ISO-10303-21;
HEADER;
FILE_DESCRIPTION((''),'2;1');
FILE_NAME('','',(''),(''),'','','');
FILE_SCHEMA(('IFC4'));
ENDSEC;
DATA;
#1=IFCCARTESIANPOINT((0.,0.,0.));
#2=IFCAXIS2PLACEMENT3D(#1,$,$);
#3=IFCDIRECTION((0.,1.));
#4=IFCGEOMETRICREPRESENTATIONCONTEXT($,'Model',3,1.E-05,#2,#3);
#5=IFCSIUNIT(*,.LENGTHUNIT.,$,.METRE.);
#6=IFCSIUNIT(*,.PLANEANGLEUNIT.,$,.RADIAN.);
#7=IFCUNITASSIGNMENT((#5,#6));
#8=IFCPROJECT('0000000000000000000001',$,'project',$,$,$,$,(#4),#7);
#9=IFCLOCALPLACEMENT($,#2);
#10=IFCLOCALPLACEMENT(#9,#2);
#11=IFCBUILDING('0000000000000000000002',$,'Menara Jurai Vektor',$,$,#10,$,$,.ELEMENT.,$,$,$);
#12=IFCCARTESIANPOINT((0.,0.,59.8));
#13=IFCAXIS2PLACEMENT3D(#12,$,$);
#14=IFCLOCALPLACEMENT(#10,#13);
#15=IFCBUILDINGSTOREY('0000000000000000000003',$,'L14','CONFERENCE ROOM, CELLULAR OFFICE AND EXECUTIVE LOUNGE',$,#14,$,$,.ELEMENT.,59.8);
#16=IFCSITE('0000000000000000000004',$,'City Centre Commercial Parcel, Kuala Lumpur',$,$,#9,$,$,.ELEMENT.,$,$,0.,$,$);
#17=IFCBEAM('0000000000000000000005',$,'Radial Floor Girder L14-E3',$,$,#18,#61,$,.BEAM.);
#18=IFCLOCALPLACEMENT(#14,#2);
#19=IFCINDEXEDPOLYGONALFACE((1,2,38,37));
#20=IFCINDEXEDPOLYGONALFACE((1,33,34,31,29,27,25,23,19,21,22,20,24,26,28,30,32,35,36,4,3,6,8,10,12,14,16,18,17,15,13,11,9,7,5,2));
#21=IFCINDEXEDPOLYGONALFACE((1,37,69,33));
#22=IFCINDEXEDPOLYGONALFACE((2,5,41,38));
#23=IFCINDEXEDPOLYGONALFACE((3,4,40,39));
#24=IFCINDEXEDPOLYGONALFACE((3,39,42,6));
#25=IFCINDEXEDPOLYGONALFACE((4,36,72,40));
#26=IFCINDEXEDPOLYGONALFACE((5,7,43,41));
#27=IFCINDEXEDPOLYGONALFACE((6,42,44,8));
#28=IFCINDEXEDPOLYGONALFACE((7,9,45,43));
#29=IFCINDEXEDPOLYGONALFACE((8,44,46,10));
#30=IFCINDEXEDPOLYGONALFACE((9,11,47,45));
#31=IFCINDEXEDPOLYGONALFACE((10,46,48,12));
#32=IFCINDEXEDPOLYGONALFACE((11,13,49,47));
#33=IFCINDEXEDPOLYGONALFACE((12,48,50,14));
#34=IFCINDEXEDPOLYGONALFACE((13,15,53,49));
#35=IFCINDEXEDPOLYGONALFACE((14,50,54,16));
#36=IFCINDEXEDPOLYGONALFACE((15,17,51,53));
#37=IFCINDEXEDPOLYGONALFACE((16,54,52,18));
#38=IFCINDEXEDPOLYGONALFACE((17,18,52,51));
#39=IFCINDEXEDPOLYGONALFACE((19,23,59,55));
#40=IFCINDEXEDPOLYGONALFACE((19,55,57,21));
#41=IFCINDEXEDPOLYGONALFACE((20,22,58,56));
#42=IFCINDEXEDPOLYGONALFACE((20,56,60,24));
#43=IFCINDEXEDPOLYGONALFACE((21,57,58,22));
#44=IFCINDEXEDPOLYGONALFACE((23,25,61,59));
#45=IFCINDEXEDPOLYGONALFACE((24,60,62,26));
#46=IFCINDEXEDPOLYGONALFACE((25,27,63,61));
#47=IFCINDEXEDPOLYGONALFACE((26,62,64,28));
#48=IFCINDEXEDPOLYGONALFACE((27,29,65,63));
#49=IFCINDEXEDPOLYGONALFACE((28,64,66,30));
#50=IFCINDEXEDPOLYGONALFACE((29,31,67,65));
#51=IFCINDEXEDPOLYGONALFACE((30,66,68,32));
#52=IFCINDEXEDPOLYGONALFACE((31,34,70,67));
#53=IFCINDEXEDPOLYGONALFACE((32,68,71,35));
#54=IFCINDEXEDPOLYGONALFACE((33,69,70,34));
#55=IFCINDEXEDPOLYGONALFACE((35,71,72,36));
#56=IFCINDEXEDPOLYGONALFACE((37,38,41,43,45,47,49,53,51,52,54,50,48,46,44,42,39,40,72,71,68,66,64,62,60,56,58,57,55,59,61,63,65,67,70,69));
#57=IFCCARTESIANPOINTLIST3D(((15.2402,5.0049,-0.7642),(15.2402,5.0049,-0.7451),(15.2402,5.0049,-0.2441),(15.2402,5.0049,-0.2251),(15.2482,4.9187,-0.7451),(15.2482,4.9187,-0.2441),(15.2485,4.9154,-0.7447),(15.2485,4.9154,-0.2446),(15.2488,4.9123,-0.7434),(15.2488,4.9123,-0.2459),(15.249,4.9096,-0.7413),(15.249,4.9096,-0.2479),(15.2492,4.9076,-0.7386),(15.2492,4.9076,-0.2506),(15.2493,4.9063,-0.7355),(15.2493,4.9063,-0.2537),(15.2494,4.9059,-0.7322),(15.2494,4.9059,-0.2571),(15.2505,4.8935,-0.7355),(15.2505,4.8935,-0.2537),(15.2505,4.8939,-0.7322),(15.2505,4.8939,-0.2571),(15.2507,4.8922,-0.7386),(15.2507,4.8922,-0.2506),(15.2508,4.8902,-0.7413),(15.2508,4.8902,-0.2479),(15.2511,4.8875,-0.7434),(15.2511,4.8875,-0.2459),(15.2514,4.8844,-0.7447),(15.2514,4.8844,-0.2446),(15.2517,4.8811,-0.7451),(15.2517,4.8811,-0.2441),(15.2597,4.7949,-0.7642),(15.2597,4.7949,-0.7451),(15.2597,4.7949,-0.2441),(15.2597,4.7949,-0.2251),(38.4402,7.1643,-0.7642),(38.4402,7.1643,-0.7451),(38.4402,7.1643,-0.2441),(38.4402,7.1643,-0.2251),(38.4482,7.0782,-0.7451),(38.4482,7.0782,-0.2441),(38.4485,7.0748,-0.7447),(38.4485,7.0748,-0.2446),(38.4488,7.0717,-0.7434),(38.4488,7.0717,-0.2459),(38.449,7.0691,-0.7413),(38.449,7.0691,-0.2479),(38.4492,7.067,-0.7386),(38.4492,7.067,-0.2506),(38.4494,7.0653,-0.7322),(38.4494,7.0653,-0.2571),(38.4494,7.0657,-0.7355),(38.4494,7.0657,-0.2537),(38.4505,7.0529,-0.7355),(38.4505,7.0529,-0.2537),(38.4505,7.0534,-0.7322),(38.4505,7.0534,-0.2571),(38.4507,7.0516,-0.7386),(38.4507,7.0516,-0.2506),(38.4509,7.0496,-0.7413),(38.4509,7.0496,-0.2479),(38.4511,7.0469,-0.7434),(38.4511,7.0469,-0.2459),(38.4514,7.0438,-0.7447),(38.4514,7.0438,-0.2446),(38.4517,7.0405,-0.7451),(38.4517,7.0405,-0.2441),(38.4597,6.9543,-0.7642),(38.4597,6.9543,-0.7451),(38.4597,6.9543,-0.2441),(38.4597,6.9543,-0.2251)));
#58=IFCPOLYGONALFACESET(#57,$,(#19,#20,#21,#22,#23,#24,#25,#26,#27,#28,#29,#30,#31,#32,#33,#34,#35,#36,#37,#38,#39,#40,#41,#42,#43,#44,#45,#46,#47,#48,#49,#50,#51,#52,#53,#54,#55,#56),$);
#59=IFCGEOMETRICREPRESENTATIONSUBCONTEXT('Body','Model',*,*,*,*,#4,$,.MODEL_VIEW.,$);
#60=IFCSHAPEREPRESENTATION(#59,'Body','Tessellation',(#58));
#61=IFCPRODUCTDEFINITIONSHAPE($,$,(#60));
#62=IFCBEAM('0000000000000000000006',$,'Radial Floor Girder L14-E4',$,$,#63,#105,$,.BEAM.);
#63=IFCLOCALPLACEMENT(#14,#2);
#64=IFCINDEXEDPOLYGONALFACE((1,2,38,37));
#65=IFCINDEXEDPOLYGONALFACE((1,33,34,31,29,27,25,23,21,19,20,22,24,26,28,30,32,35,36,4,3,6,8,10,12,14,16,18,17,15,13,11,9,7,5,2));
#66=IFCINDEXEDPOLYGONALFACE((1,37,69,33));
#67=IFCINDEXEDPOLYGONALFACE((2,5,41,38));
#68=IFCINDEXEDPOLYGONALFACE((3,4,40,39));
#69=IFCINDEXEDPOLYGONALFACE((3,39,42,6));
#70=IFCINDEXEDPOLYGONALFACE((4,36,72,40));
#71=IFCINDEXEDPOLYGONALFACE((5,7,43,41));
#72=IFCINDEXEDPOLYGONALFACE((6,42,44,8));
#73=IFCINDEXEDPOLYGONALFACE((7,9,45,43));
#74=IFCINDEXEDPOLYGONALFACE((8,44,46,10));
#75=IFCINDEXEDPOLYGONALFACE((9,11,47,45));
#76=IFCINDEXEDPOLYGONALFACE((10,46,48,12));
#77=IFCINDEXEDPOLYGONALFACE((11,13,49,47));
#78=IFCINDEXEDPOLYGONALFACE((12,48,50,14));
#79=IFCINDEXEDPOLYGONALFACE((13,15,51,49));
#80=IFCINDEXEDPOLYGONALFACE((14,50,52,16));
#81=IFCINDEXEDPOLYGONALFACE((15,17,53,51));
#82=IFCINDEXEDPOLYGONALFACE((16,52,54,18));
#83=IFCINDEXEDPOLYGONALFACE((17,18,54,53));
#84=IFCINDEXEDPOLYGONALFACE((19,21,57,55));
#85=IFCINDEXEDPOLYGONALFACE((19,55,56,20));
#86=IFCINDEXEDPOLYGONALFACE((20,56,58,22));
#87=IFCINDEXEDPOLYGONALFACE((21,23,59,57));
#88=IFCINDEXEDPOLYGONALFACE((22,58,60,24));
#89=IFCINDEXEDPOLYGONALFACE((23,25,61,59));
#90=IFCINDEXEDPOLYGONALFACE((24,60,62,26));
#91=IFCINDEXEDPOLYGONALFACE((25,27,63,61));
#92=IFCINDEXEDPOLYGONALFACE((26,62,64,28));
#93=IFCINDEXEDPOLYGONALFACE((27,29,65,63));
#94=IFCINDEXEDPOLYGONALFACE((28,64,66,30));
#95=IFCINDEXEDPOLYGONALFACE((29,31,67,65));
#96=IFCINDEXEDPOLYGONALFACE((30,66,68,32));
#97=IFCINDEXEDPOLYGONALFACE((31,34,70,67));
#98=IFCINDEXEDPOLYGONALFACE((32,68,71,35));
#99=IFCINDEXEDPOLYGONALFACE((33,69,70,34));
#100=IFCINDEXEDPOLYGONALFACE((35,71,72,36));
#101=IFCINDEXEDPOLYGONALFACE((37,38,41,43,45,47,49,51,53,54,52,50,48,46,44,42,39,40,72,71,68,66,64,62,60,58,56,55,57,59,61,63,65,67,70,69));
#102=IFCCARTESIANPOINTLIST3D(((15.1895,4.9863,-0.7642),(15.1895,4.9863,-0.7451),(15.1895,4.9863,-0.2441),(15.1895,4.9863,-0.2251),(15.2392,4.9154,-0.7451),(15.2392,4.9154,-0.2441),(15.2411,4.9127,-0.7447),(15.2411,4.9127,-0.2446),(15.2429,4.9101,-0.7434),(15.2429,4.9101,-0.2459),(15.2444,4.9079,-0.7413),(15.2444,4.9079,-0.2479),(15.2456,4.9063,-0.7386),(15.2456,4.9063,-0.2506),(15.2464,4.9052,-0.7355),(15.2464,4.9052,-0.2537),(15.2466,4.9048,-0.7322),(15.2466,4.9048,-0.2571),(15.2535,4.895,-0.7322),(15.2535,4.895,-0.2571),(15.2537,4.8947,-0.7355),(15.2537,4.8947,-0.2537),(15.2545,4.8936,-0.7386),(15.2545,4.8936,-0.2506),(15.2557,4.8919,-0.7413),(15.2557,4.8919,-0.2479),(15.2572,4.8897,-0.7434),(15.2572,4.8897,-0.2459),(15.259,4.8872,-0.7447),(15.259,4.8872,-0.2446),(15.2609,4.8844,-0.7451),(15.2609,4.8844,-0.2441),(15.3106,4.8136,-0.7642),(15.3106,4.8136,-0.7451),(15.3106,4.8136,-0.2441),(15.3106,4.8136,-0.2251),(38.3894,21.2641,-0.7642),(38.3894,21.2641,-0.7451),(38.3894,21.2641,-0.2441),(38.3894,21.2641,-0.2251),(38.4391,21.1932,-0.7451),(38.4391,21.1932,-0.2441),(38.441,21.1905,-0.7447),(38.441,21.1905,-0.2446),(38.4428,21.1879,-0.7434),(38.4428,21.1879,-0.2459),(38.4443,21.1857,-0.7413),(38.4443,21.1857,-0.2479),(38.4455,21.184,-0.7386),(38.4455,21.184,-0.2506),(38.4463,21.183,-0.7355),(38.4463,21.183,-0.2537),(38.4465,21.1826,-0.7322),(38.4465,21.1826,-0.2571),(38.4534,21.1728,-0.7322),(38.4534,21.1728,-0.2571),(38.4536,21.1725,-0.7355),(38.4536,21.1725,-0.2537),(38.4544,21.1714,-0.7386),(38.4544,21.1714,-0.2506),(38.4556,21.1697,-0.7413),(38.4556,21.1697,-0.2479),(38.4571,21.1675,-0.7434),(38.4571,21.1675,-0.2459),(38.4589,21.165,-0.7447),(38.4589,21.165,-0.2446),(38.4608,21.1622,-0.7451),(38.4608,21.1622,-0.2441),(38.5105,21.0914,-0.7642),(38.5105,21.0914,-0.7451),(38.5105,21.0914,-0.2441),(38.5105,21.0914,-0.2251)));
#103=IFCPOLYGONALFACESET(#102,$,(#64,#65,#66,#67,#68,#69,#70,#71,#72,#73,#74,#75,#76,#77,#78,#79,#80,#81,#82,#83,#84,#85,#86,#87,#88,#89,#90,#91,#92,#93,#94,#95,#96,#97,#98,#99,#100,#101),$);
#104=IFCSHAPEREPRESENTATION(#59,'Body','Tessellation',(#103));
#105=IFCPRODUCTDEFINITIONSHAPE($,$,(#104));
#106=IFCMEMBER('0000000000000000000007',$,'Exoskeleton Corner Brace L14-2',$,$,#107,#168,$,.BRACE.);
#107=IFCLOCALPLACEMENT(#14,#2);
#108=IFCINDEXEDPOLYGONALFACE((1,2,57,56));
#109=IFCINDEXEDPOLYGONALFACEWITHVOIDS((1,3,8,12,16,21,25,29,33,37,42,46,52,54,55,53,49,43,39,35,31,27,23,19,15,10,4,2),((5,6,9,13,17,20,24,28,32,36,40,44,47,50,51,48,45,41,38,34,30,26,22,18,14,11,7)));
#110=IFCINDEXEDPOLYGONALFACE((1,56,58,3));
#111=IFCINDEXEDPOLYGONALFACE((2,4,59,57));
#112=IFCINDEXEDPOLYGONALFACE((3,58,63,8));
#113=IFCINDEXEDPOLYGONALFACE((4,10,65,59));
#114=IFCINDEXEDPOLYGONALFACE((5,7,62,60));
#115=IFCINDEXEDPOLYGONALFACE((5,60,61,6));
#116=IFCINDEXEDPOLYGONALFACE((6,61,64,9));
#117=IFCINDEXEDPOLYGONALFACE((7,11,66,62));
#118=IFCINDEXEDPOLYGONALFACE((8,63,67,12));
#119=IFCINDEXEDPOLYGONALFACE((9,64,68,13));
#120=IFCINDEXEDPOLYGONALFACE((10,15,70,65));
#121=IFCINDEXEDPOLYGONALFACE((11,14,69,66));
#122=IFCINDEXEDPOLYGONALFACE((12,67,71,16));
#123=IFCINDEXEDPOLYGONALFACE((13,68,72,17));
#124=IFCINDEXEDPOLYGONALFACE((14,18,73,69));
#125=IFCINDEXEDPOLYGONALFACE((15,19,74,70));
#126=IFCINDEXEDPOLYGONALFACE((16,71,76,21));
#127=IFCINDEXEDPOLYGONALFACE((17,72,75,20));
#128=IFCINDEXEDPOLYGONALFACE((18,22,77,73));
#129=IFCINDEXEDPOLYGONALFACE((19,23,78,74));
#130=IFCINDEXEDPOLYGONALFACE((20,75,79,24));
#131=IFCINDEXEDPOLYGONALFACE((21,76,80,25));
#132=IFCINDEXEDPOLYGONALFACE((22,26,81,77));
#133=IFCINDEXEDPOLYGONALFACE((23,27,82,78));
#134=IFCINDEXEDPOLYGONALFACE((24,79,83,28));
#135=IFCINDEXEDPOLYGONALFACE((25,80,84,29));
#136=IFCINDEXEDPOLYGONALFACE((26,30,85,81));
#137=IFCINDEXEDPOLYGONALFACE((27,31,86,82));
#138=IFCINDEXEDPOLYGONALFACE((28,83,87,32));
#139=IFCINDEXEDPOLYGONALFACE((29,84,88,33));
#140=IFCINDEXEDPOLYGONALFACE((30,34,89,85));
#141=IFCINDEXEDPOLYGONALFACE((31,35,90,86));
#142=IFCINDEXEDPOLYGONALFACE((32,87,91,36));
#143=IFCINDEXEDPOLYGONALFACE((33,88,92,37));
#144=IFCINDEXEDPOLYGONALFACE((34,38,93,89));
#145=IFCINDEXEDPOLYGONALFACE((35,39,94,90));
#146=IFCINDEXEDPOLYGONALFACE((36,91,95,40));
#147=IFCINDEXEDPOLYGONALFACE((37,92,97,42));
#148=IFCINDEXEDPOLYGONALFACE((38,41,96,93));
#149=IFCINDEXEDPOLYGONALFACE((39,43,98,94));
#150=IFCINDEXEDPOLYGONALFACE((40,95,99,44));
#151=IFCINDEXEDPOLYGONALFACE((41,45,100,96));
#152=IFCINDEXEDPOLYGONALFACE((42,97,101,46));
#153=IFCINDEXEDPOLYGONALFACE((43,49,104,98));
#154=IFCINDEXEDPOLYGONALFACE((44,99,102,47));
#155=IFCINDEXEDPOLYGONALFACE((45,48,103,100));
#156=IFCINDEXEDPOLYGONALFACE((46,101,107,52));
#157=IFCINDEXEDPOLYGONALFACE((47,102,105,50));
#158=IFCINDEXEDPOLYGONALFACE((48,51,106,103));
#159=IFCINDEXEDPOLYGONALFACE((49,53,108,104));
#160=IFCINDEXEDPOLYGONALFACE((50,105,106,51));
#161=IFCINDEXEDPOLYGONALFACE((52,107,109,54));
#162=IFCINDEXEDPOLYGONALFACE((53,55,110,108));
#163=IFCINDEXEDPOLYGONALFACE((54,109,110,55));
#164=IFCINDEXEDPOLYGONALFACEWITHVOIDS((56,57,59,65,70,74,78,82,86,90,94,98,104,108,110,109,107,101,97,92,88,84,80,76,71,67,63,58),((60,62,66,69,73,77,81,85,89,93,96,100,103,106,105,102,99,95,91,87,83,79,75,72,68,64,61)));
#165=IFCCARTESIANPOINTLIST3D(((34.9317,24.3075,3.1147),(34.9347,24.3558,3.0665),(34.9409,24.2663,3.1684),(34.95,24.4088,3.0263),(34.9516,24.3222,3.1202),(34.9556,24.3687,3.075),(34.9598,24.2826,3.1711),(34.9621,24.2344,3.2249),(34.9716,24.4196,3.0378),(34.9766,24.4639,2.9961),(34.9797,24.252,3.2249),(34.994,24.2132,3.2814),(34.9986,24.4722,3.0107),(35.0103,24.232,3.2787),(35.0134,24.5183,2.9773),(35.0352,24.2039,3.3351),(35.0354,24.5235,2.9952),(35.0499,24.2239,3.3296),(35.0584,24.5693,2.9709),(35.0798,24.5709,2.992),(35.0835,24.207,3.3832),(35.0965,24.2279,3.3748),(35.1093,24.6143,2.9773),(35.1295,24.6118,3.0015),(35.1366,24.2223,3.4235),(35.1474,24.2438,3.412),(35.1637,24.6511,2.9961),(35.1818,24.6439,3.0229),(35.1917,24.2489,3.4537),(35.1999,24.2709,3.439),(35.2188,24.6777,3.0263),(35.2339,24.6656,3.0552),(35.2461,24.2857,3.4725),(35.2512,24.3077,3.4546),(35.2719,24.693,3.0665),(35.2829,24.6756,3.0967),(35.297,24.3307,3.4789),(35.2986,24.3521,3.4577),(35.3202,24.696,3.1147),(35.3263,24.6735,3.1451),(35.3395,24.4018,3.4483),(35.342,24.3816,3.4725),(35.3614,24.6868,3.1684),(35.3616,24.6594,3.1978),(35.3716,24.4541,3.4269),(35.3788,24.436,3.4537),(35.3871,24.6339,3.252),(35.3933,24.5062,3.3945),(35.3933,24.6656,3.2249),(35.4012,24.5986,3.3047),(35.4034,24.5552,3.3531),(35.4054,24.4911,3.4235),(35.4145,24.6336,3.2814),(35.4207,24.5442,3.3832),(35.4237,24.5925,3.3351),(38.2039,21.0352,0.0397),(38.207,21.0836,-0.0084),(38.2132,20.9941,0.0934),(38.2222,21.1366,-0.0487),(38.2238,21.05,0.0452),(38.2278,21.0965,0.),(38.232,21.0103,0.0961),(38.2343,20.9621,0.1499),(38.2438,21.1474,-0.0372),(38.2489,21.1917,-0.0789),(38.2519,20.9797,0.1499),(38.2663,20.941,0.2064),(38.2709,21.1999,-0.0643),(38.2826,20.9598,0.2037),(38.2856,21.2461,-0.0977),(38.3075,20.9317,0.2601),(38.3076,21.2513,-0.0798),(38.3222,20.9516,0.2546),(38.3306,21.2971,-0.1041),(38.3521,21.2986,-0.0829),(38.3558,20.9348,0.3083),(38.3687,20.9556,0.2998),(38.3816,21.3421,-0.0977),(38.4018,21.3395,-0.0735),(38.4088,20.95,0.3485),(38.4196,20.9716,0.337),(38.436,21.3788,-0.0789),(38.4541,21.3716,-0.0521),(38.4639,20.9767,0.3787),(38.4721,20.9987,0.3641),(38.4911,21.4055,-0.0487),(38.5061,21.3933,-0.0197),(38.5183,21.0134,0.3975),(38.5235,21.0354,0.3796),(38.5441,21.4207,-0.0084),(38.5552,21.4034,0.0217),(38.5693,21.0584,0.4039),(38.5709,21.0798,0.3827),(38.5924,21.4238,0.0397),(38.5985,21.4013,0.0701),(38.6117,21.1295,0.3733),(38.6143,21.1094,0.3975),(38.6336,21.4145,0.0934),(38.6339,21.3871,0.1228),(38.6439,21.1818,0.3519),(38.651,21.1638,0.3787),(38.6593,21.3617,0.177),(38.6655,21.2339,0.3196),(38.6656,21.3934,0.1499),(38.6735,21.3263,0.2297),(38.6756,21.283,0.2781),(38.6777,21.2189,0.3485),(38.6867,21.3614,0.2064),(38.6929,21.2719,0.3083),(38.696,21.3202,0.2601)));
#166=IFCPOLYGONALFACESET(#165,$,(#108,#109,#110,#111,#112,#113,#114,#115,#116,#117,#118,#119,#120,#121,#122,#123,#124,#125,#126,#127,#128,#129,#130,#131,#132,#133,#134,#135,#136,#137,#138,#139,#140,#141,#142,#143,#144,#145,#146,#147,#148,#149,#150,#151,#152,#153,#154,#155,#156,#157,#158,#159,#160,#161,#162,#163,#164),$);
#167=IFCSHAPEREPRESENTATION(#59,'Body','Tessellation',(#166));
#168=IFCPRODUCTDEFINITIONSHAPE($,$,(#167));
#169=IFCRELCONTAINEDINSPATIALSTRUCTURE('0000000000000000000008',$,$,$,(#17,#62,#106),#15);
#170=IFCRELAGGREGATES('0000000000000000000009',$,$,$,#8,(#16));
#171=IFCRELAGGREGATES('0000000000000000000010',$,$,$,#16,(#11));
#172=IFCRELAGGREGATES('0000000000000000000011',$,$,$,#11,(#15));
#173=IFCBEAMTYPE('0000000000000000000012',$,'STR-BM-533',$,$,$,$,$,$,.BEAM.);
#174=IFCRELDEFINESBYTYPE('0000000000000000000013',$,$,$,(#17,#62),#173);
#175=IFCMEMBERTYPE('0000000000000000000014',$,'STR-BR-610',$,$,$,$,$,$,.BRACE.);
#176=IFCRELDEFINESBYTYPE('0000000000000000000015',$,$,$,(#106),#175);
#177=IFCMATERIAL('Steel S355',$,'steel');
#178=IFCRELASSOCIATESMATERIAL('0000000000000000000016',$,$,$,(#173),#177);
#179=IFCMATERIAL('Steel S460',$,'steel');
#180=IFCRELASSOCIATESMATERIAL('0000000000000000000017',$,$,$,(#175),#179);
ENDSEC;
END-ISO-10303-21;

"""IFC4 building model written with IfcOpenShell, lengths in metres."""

from ifc_helpers import new_model, si_unit, direction, frame, origin, origin_2d, place, context, subcontext, project, spatial, hollow_circle, i_section, extrude, material, material_profile, profile_set, type_object, element, save


model = new_model("IFC4")

# Units and contexts
model_context = context("Model", 3, precision=1e-05, world=origin(), true_north=direction((0.0, 1.0)))
body_context = subcontext(model_context, "Body", "Model", "MODEL_VIEW")
ifc_project = project(units=[si_unit("LENGTHUNIT", "METRE"), si_unit("PLANEANGLEUNIT", "RADIAN")], contexts=[model_context])

# Site, building, storey
site_placement = place(None, origin())
site = spatial("IfcSite", under=ifc_project, at=site_placement, Name="City Centre Commercial Parcel, Kuala Lumpur", CompositionType="ELEMENT", RefElevation=0.0)
building_placement = place(site_placement, origin())
building = spatial("IfcBuilding", under=site, at=building_placement, Name="Menara Jurai Vektor", CompositionType="ELEMENT")
storey_placement = place(building_placement, frame((0.0, 0.0, 59.8)))
storey = spatial("IfcBuildingStorey", under=building, at=storey_placement, Name="L14", Description="CONFERENCE ROOM, CELLULAR OFFICE AND EXECUTIVE LOUNGE", CompositionType="ELEMENT", Elevation=59.8)

# Shared definitions
ifc_material_1 = material(Name="Steel S460", Category="steel")

# Beams
ifc_material_2 = material(Name="Steel S355", Category="steel")
ifc_material_profile_1 = material_profile(ifc_material_2, i_section(OverallWidth=0.2109, OverallDepth=0.5391, WebThickness=0.012, FlangeThickness=0.019, FilletRadius=0.0129, at=origin_2d()), Name="UKB 533x210x109")
ifc_profile_set_1 = profile_set([ifc_material_profile_1], Name="Steel S355")
beam_type_1 = type_object("IfcBeamType", Name="STR-BM-533", PredefinedType="BEAM", material=ifc_profile_set_1)
beam_1_placement = place(storey_placement, frame((38.45, 7.0593, -0.4946), z_axis=(-0.995696, -0.092678, 0.0), x_axis=(0.092678, -0.995696, 0.0)))
element("IfcBeam", 1, at=beam_1_placement, inside=storey, type_object=beam_type_1, Name="Radial Floor Girder L14-E3", PredefinedType="BEAM", context=body_context, shape_type="SweptSolid", body=[
    extrude(i_section(OverallWidth=0.2109, OverallDepth=0.5391, WebThickness=0.012, FlangeThickness=0.019, FilletRadius=0.0129, at=origin_2d()), origin(), (0.0, 0.0, 1.0), 23.3003),
])
beam_2_placement = place(storey_placement, frame((38.45, 21.1777, -0.4946), z_axis=(-0.818604, -0.574359, 0.0), x_axis=(0.574359, -0.818604, 0.0)))
element("IfcBeam", 2, at=beam_2_placement, inside=storey, type_object=beam_type_1, Name="Radial Floor Girder L14-E4", PredefinedType="BEAM", context=body_context, shape_type="SweptSolid", body=[
    extrude(i_section(OverallWidth=0.2109, OverallDepth=0.5391, WebThickness=0.012, FlangeThickness=0.019, FilletRadius=0.0129, at=origin_2d()), origin(), (0.0, 0.0, 1.0), 28.3408),
])

# Member
ifc_material_profile_2 = material_profile(ifc_material_1, hollow_circle(Radius=0.3049, WallThickness=0.0249, at=origin_2d()), Name="CHS 610x25")
ifc_profile_set_2 = profile_set([ifc_material_profile_2], Name="Steel S460")
member_type_1 = type_object("IfcMemberType", Name="STR-BR-610", PredefinedType="BRACE", material=ifc_profile_set_2)
member_1_placement = place(storey_placement, frame((38.45, 21.1777, 0.1499), z_axis=(-0.588942, 0.588942, 0.553438), x_axis=(-0.707107, -0.707107, 0.0)))
element("IfcMember", 3, at=member_1_placement, inside=storey, type_object=member_type_1, Name="Exoskeleton Corner Brace L14-2", PredefinedType="BRACE", context=body_context, shape_type="SweptSolid", body=[
    extrude(hollow_circle(Radius=0.3049, WallThickness=0.0249, at=origin_2d()), origin(), (0.0, 0.0, 1.0), 5.5562),
])

save(model, "model.ifc")
